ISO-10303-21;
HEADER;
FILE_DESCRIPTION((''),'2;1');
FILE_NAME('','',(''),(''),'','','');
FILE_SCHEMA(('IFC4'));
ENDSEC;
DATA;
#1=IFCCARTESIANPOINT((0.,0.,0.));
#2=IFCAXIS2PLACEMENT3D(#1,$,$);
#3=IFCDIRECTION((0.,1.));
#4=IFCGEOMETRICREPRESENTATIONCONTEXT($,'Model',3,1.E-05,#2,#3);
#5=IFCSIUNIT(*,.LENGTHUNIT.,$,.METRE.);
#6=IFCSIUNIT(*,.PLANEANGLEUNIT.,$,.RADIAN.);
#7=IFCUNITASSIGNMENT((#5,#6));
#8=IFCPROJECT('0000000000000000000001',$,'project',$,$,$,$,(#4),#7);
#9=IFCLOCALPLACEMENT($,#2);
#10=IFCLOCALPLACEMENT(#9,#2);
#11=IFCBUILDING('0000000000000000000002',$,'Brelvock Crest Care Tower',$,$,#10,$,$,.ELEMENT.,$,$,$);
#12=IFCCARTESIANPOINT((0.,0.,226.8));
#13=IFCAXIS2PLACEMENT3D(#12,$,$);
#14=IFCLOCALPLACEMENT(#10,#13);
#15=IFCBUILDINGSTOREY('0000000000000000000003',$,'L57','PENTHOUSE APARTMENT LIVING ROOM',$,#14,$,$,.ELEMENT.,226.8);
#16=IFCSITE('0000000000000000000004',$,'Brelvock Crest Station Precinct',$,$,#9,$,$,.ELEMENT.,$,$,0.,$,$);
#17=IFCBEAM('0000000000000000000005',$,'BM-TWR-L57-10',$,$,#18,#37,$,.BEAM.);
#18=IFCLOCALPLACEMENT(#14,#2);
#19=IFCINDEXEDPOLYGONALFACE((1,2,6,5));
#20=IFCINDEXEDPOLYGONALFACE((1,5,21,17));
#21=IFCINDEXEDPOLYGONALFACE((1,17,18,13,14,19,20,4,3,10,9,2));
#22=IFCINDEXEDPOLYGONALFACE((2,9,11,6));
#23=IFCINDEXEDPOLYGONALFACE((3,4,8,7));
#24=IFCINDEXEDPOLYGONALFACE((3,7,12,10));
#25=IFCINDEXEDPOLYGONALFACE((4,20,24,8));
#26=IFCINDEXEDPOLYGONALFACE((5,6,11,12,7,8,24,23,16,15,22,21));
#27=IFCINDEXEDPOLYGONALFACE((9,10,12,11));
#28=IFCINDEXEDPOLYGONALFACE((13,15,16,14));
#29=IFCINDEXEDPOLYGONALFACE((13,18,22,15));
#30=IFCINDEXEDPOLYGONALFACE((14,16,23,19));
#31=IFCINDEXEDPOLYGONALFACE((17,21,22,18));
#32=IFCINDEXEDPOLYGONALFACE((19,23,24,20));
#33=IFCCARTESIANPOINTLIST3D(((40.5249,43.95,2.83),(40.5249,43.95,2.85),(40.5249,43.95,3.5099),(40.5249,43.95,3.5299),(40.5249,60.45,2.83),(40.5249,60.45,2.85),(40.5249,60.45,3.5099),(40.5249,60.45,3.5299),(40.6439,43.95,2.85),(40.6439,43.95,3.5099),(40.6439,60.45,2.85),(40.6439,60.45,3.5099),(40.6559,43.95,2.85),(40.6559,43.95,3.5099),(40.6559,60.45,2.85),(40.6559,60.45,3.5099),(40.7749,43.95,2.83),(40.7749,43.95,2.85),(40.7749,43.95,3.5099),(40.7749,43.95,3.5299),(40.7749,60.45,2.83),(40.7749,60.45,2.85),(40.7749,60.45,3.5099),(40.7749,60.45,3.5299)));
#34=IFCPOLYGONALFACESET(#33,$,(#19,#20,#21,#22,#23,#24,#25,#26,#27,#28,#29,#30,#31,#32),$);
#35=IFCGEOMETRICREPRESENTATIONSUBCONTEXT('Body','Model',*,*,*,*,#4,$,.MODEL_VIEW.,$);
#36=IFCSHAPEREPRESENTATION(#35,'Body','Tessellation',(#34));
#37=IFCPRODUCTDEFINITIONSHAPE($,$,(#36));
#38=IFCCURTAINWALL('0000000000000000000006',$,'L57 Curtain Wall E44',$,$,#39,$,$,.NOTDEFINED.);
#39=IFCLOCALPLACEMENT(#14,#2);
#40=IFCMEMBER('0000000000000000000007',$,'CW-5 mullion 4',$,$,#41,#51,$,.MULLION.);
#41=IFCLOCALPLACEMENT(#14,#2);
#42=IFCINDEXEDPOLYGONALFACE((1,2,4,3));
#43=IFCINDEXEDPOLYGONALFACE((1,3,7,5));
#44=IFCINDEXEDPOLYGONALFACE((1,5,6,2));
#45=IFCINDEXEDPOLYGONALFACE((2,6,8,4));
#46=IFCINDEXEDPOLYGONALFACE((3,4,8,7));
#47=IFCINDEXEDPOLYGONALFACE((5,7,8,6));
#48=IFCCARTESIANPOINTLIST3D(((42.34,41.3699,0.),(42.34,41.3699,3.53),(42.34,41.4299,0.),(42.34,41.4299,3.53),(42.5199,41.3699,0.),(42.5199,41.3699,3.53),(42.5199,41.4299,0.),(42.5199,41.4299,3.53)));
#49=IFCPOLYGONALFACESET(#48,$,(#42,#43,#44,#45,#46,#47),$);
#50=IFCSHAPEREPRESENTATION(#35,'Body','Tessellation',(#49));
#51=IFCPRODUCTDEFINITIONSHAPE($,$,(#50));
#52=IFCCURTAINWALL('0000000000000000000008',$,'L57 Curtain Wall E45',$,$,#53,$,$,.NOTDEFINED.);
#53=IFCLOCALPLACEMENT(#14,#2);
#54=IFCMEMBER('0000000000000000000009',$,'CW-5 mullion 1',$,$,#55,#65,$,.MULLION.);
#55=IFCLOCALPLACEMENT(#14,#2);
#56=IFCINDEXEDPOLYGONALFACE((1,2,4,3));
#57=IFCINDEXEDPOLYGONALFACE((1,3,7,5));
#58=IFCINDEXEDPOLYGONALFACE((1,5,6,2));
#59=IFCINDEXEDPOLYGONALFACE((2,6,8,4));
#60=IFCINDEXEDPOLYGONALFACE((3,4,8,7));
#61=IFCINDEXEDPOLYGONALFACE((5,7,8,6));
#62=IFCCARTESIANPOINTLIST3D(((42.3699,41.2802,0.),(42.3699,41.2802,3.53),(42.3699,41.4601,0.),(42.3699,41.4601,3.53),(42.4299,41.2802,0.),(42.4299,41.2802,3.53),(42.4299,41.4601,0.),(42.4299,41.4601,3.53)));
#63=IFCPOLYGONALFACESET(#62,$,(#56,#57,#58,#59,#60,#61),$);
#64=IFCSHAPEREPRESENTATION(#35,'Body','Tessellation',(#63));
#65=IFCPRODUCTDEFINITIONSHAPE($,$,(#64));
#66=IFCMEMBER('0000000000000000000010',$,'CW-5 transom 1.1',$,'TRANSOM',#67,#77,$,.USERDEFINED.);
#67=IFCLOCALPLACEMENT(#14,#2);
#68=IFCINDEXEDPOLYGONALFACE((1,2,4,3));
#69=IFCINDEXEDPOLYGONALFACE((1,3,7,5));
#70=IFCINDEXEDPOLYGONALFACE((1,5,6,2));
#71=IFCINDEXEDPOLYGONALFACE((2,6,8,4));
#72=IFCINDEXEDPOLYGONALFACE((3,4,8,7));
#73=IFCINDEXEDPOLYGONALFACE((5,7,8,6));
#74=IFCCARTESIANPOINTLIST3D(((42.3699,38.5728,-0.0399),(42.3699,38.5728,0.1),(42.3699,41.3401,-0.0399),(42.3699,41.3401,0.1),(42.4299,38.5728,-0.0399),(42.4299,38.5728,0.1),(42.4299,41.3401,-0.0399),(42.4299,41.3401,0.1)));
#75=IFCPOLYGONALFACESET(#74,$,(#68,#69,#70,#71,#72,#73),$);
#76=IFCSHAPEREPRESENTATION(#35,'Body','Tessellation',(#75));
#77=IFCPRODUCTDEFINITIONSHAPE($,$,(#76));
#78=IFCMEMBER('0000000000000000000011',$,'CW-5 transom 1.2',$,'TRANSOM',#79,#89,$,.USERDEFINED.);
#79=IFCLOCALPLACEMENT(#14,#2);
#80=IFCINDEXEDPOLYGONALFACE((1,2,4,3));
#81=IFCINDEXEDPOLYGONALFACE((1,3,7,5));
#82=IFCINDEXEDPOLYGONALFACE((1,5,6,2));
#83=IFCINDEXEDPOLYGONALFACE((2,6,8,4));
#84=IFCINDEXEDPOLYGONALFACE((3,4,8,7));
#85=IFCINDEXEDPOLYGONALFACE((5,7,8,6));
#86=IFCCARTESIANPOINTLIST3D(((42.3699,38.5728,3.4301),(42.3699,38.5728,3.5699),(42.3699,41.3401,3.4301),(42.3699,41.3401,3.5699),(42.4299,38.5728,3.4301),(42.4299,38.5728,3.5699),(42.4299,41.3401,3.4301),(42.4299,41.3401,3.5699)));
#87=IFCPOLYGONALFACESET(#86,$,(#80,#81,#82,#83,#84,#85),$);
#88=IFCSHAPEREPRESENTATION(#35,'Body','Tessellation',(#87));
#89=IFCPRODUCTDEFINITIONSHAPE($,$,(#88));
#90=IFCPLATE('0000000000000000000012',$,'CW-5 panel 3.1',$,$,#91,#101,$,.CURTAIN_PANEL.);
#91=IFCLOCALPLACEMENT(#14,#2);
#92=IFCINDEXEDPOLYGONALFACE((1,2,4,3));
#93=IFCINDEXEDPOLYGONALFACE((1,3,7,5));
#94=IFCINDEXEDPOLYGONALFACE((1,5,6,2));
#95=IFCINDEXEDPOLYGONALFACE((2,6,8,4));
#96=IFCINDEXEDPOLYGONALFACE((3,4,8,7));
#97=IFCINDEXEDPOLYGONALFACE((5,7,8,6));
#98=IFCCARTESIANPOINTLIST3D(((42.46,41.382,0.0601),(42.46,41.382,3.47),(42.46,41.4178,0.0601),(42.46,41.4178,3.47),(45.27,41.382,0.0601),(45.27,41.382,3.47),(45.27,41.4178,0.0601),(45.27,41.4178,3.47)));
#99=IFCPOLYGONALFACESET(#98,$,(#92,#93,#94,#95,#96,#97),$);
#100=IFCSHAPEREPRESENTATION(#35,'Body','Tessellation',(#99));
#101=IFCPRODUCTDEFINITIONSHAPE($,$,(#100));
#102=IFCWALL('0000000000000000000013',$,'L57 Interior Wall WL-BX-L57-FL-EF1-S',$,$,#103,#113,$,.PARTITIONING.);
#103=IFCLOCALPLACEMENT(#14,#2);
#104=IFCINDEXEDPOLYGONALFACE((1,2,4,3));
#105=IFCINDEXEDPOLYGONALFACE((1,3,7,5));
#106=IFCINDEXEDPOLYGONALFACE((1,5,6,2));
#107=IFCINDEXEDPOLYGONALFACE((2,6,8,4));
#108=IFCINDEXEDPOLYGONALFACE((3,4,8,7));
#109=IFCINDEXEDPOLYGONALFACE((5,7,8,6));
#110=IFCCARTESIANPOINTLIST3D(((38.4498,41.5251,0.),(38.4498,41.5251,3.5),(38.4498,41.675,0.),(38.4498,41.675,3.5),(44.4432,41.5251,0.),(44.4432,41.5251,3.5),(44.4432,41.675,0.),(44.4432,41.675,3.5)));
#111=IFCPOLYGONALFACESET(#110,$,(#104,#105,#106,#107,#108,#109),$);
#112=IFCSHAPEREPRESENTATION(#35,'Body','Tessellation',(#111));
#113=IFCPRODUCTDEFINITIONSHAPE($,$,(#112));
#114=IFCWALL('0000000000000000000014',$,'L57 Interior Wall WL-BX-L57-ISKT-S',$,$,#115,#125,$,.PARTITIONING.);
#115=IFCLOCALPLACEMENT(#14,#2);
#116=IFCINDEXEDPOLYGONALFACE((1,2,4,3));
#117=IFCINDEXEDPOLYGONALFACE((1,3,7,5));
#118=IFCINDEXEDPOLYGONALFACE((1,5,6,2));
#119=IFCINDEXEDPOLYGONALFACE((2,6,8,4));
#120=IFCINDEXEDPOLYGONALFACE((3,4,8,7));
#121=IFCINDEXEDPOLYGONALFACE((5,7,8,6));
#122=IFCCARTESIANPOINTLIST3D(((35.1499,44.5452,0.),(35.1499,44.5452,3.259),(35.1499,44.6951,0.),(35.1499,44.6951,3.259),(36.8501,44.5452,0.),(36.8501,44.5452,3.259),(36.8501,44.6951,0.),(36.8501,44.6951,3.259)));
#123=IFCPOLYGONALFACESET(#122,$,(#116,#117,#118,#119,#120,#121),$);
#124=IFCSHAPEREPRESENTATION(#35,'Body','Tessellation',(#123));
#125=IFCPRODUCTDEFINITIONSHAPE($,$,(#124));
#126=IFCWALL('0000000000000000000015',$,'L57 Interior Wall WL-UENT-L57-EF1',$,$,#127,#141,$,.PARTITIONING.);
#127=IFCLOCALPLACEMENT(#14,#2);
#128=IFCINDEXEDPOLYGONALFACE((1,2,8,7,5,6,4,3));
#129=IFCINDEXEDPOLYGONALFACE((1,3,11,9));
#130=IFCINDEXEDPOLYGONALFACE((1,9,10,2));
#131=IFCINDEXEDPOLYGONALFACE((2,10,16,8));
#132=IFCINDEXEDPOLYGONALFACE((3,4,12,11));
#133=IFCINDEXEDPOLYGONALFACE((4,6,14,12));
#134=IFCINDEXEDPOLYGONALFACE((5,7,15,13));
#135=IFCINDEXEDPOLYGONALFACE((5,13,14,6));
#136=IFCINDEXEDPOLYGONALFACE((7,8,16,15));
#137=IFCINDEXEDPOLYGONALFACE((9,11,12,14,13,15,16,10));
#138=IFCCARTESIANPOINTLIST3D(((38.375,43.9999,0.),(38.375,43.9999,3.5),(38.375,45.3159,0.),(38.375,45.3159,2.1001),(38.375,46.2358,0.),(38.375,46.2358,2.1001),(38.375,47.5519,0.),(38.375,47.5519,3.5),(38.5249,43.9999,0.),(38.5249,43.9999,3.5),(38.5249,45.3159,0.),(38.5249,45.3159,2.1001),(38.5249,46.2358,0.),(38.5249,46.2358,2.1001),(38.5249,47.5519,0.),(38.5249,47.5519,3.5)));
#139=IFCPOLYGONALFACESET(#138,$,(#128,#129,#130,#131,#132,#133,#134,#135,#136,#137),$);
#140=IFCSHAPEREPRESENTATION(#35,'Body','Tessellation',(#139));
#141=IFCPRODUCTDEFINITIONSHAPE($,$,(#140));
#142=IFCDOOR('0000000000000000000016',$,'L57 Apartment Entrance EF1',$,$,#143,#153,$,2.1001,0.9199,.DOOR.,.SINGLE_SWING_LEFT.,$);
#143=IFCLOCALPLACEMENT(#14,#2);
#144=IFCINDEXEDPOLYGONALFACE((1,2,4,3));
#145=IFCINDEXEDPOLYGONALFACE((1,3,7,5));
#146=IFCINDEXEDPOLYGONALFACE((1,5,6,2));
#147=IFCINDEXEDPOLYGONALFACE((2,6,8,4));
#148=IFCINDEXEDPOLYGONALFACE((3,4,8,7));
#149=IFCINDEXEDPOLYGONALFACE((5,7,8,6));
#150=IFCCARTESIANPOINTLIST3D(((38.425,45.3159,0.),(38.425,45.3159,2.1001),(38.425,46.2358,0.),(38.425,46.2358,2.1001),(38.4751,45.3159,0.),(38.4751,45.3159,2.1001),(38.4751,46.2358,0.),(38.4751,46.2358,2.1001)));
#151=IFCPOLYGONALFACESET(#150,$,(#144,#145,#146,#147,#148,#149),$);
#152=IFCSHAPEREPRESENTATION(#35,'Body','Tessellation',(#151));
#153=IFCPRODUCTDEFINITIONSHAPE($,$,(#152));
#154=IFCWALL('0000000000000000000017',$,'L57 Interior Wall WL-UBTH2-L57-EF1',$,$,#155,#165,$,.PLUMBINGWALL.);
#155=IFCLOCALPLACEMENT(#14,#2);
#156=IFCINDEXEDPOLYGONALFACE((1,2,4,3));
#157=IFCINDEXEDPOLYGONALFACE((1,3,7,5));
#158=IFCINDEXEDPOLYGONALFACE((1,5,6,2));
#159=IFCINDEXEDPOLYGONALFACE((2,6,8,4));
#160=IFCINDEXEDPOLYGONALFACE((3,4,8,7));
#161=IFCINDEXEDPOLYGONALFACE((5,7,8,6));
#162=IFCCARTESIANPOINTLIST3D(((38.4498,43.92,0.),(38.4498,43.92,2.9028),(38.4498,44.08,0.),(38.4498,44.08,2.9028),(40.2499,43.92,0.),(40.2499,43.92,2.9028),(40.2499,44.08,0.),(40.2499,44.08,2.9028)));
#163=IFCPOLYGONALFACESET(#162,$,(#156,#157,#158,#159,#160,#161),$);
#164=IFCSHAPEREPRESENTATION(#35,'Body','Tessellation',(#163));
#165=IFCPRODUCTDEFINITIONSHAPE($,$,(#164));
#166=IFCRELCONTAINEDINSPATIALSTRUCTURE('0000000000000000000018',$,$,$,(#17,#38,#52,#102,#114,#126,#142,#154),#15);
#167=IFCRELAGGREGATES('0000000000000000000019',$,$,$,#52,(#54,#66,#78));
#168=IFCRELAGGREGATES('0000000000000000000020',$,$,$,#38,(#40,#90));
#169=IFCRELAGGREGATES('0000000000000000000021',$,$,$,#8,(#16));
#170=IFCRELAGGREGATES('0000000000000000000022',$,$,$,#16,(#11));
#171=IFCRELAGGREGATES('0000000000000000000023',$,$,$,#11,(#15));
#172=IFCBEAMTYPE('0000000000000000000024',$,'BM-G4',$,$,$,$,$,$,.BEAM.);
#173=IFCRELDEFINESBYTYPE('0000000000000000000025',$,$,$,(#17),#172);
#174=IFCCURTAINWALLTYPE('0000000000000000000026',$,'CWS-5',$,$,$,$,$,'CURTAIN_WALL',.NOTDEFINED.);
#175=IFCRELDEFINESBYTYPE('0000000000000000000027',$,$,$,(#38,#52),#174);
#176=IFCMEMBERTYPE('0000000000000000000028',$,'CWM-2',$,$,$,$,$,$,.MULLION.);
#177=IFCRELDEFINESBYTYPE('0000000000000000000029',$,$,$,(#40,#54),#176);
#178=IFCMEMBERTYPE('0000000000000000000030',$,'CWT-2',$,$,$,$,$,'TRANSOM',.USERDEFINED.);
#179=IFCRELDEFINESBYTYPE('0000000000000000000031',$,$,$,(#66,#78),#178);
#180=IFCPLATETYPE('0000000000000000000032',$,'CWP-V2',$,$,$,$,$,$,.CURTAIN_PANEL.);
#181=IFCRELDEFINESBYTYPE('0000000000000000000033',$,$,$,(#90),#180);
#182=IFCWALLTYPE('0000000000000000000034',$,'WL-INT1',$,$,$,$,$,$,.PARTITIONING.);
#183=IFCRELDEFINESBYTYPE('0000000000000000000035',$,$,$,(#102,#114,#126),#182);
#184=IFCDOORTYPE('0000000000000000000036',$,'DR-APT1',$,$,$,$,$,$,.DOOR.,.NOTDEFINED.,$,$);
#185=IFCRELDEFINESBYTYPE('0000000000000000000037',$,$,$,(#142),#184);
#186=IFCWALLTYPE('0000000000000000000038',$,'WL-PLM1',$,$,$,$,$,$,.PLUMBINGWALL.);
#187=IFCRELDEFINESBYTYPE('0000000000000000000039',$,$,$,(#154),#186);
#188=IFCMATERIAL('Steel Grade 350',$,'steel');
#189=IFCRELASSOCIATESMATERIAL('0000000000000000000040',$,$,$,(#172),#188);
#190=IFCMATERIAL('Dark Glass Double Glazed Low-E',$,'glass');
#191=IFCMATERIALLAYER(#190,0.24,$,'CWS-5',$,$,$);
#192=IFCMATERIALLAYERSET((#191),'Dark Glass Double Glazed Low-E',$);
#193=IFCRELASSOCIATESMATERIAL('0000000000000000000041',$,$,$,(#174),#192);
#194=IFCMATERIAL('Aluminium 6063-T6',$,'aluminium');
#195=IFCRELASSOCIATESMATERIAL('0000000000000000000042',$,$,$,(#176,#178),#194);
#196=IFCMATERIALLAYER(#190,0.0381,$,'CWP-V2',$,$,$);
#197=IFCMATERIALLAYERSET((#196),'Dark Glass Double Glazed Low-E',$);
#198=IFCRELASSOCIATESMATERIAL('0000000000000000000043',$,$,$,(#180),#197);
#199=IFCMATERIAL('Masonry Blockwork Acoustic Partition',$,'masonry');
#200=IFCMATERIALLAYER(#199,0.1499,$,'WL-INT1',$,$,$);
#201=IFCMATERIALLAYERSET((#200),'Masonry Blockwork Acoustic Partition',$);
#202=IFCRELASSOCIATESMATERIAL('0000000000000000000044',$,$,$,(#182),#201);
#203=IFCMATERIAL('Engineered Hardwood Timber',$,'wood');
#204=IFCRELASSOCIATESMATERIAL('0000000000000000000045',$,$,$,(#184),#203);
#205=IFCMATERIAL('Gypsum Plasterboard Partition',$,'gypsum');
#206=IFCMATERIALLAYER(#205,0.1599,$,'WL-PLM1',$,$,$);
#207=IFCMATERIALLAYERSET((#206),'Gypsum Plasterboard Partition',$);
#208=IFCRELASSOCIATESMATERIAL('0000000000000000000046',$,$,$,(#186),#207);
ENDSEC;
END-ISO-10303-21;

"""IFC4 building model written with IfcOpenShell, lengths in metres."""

from ifc_helpers import new_model, si_unit, direction, frame, frame_2d, origin, origin_2d, place, context, subcontext, project, spatial, rectangle, i_section, extrude, source, transform, mapped, material, layer, layer_set, material_profile, profile_set, type_object, element, fill, aggregate, save


model = new_model("IFC4")

# Units and contexts
model_context = context("Model", 3, precision=1e-05, world=origin(), true_north=direction((0.0, 1.0)))
body_context = subcontext(model_context, "Body", "Model", "MODEL_VIEW")
ifc_project = project(units=[si_unit("LENGTHUNIT", "METRE"), si_unit("PLANEANGLEUNIT", "RADIAN")], contexts=[model_context])

# Site, building, storey
site_placement = place(None, origin())
site = spatial("IfcSite", under=ifc_project, at=site_placement, Name="Brelvock Crest Station Precinct", CompositionType="ELEMENT", RefElevation=0.0)
building_placement = place(site_placement, origin())
building = spatial("IfcBuilding", under=site, at=building_placement, Name="Brelvock Crest Care Tower", CompositionType="ELEMENT")
storey_placement = place(building_placement, frame((0.0, 0.0, 226.8)))
storey = spatial("IfcBuildingStorey", under=building, at=storey_placement, Name="L57", Description="PENTHOUSE APARTMENT LIVING ROOM", CompositionType="ELEMENT", Elevation=226.8)

# Shared definitions
ifc_material_1 = material(Name="Steel Grade 350", Category="steel")

# Beam
ifc_material_profile_1 = material_profile(ifc_material_1, i_section(OverallWidth=0.25, OverallDepth=0.7, WebThickness=0.012, FlangeThickness=0.02, at=origin_2d()), Name="700WB150")
ifc_profile_set_1 = profile_set([ifc_material_profile_1], Name="Steel Grade 350")
beam_type_1 = type_object("IfcBeamType", Name="BM-G4", PredefinedType="BEAM", material=ifc_profile_set_1)
shared_shape_1 = source(origin(), body_context, "Body", "SweptSolid", [
    extrude(i_section(OverallWidth=0.25, OverallDepth=0.7, WebThickness=0.012, FlangeThickness=0.02, at=origin_2d()), origin(), (0.0, 0.0, 1.0), 16.5),
])
beam_1_placement = place(storey_placement, frame((40.6499, 43.95, 3.1799), z_axis=(0.0, 1.0, 0.0), x_axis=(-1.0, 0.0, 0.0)))
element("IfcBeam", 1, at=beam_1_placement, inside=storey, type_object=beam_type_1, Name="BM-TWR-L57-10", PredefinedType="BEAM", context=body_context, shape_type="MappedRepresentation", body=[
    mapped(shared_shape_1, transform((0.0, 0.0, 0.0), x_axis=(1.0, 0.0, 0.0), y_axis=(0.0, 1.0, 0.0), z_axis=(0.0, 0.0, 1.0), scale=1.0)),
])

# Curtain wall, member
ifc_material_2 = material(Name="Dark Glass Double Glazed Low-E", Category="glass")
ifc_layer_1 = layer(ifc_material_2, 0.24, Name="CWS-5")
ifc_layer_set_1 = layer_set([ifc_layer_1], Name="Dark Glass Double Glazed Low-E")
curtain_wall_type = type_object("IfcCurtainWallType", Name="CWS-5", ElementType="CURTAIN_WALL", PredefinedType="NOTDEFINED", material=ifc_layer_set_1)
curtain_wall_1_placement = place(storey_placement, origin())
curtain_wall_1 = element("IfcCurtainWall", 2, at=curtain_wall_1_placement, inside=storey, type_object=curtain_wall_type, Name="L57 Curtain Wall E44", PredefinedType="NOTDEFINED")
ifc_material_3 = material(Name="Aluminium 6063-T6", Category="aluminium")
ifc_material_profile_2 = material_profile(ifc_material_3, rectangle(XDim=0.0601, YDim=0.1799, at=origin_2d()), Name="ALU60x180")
ifc_profile_set_2 = profile_set([ifc_material_profile_2], Name="Aluminium 6063-T6")
member_type_1 = type_object("IfcMemberType", Name="CWM-2", PredefinedType="MULLION", material=ifc_profile_set_2)
shared_shape_2 = source(origin(), body_context, "Body", "SweptSolid", [
    extrude(rectangle(XDim=0.0601, YDim=0.1799, at=origin_2d()), origin(), (0.0, 0.0, 1.0), 3.53),
])
member_1_placement = place(storey_placement, frame((42.4299, 41.3999, 0.0), z_axis=(0.0, 0.0, 1.0), x_axis=(0.0, -1.0, 0.0)))
member_1 = element("IfcMember", 3, at=member_1_placement, type_object=member_type_1, Name="CW-5 mullion 4", PredefinedType="MULLION", context=body_context, shape_type="MappedRepresentation", body=[
    mapped(shared_shape_2, transform((0.0, 0.0, 0.0), x_axis=(1.0, 0.0, 0.0), y_axis=(0.0, 1.0, 0.0), z_axis=(0.0, 0.0, 1.0), scale=1.0)),
])

# Curtain wall, members
curtain_wall_2_placement = place(storey_placement, origin())
curtain_wall_2 = element("IfcCurtainWall", 4, at=curtain_wall_2_placement, inside=storey, type_object=curtain_wall_type, Name="L57 Curtain Wall E45", PredefinedType="NOTDEFINED")
member_2_placement = place(storey_placement, frame((42.3999, 41.3701, 0.0), z_axis=(0.0, 0.0, 1.0), x_axis=(1.0, 0.0, 0.0)))
member_2 = element("IfcMember", 5, at=member_2_placement, type_object=member_type_1, Name="CW-5 mullion 1", PredefinedType="MULLION", context=body_context, shape_type="MappedRepresentation", body=[
    mapped(shared_shape_2, transform((0.0, 0.0, 0.0), x_axis=(1.0, 0.0, 0.0), y_axis=(0.0, 1.0, 0.0), z_axis=(0.0, 0.0, 1.0), scale=1.0)),
])
ifc_material_profile_3 = material_profile(ifc_material_3, rectangle(XDim=0.0601, YDim=0.1399, at=origin_2d()), Name="ALU60x140")
ifc_profile_set_3 = profile_set([ifc_material_profile_3], Name="Aluminium 6063-T6")
member_type_2 = type_object("IfcMemberType", Name="CWT-2", ElementType="TRANSOM", PredefinedType="USERDEFINED", material=ifc_profile_set_3)
shared_shape_3 = source(origin(), body_context, "Body", "SweptSolid", [
    extrude(rectangle(XDim=0.0601, YDim=0.1399, at=origin_2d()), origin(), (0.0, 0.0, 1.0), 2.7673),
])
member_3_placement = place(storey_placement, frame((42.3999, 41.3401, 0.03), z_axis=(0.0, -1.0, 0.0), x_axis=(1.0, 0.0, 0.0)))
member_3 = element("IfcMember", 6, at=member_3_placement, type_object=member_type_2, Name="CW-5 transom 1.1", ObjectType="TRANSOM", PredefinedType="USERDEFINED", context=body_context, shape_type="MappedRepresentation", body=[
    mapped(shared_shape_3, transform((0.0, 0.0, 0.0), x_axis=(1.0, 0.0, 0.0), y_axis=(0.0, 1.0, 0.0), z_axis=(0.0, 0.0, 1.0), scale=1.0)),
])
member_4_placement = place(storey_placement, frame((42.3999, 41.3401, 3.5), z_axis=(0.0, -1.0, 0.0), x_axis=(1.0, 0.0, 0.0)))
member_4 = element("IfcMember", 7, at=member_4_placement, type_object=member_type_2, Name="CW-5 transom 1.2", ObjectType="TRANSOM", PredefinedType="USERDEFINED", context=body_context, shape_type="MappedRepresentation", body=[
    mapped(shared_shape_3, transform((0.0, 0.0, 0.0), x_axis=(1.0, 0.0, 0.0), y_axis=(0.0, 1.0, 0.0), z_axis=(0.0, 0.0, 1.0), scale=1.0)),
])
aggregate(curtain_wall_2, [member_2, member_3, member_4])

# Plate
ifc_layer_2 = layer(ifc_material_2, 0.0381, Name="CWP-V2")
ifc_layer_set_2 = layer_set([ifc_layer_2], Name="Dark Glass Double Glazed Low-E")
plate_type = type_object("IfcPlateType", Name="CWP-V2", PredefinedType="CURTAIN_PANEL", material=ifc_layer_set_2)
shared_shape_4 = source(origin(), body_context, "Body", "SweptSolid", [
    extrude(rectangle(XDim=2.8101, YDim=0.0359, at=origin_2d()), origin(), (0.0, 0.0, 1.0), 3.4099),
])
plate_placement = place(storey_placement, frame((43.865, 41.3999, 0.0601), z_axis=(0.0, 0.0, 1.0), x_axis=(-1.0, 0.0, 0.0)))
plate = element("IfcPlate", 8, at=plate_placement, type_object=plate_type, Name="CW-5 panel 3.1", PredefinedType="CURTAIN_PANEL", context=body_context, shape_type="MappedRepresentation", body=[
    mapped(shared_shape_4, transform((0.0, 0.0, 0.0), x_axis=(1.0, 0.0, 0.0), y_axis=(0.0, 1.0, 0.0), z_axis=(0.0, 0.0, 1.0), scale=1.0)),
])
aggregate(curtain_wall_1, [member_1, plate])

# Walls
ifc_material_4 = material(Name="Masonry Blockwork Acoustic Partition", Category="masonry")
ifc_layer_3 = layer(ifc_material_4, 0.1499, Name="WL-INT1")
ifc_layer_set_3 = layer_set([ifc_layer_3], Name="Masonry Blockwork Acoustic Partition")
wall_type_1 = type_object("IfcWallType", Name="WL-INT1", PredefinedType="PARTITIONING", material=ifc_layer_set_3)
wall_1_placement = place(storey_placement, frame((38.45, 41.6001, 0.0), z_axis=(0.0, 0.0, 1.0), x_axis=(1.0, 0.0, 0.0)))
element("IfcWall", 9, at=wall_1_placement, inside=storey, type_object=wall_type_1, Name="L57 Interior Wall WL-BX-L57-FL-EF1-S", PredefinedType="PARTITIONING", context=body_context, shape_type="SweptSolid", body=[
    extrude(rectangle(XDim=5.9934, YDim=0.1499, at=frame_2d((2.9966, 0.0))), origin(), (0.0, 0.0, 1.0), 3.5),
])
wall_2_placement = place(storey_placement, frame((35.1499, 44.6201, 0.0), z_axis=(0.0, 0.0, 1.0), x_axis=(1.0, 0.0, 0.0)))
element("IfcWall", 10, at=wall_2_placement, inside=storey, type_object=wall_type_1, Name="L57 Interior Wall WL-BX-L57-ISKT-S", PredefinedType="PARTITIONING", context=body_context, shape_type="SweptSolid", body=[
    extrude(rectangle(XDim=1.7002, YDim=0.1499, at=frame_2d((0.8501, 0.0))), origin(), (0.0, 0.0, 1.0), 3.259),
])

# Wall, opening, door
wall_3_placement = place(storey_placement, frame((38.45, 44.0, 0.0), z_axis=(0.0, 0.0, 1.0), x_axis=(0.0, 1.0, 0.0)))
wall_3 = element("IfcWall", 11, at=wall_3_placement, inside=storey, type_object=wall_type_1, Name="L57 Interior Wall WL-UENT-L57-EF1", PredefinedType="PARTITIONING", context=body_context, shape_type="SweptSolid", body=[
    extrude(rectangle(XDim=3.552, YDim=0.1499, at=frame_2d((1.7759, 0.0))), origin(), (0.0, 0.0, 1.0), 3.5),
])
opening_1_placement = place(wall_3_placement, frame((1.3159, 0.0, 0.0)))
opening_1 = element("IfcOpeningElement", 12, at=opening_1_placement, cuts=wall_3, PredefinedType="OPENING", context=body_context, shape_type="SweptSolid", body=[
    extrude(rectangle(XDim=0.9199, YDim=2.1001, at=origin_2d()), frame((0.46, 0.085, 1.05), z_axis=(0.0, -1.0, 0.0), x_axis=(1.0, 0.0, 0.0)), (0.0, 0.0, 1.0), 0.1699),
])
ifc_material_5 = material(Name="Engineered Hardwood Timber", Category="wood")
door_type_1 = type_object("IfcDoorType", Name="DR-APT1", OperationType="NOTDEFINED", PredefinedType="DOOR", material=ifc_material_5)
shared_shape_5 = source(origin(), body_context, "Body", "SweptSolid", [
    extrude(rectangle(XDim=0.9199, YDim=2.1001, at=origin_2d()), frame((0.46, 0.0249, 1.05), z_axis=(0.0, -1.0, 0.0), x_axis=(1.0, 0.0, 0.0)), (0.0, 0.0, 1.0), 0.05),
])
door_1_placement = place(opening_1_placement, origin())
door_1 = element("IfcDoor", 13, at=door_1_placement, inside=storey, type_object=door_type_1, Name="L57 Apartment Entrance EF1", OperationType="SINGLE_SWING_LEFT", OverallHeight=2.1001, OverallWidth=0.9199, PredefinedType="DOOR", context=body_context, shape_type="MappedRepresentation", body=[
    mapped(shared_shape_5, transform((0.0, 0.0, 0.0), x_axis=(1.0, 0.0, 0.0), y_axis=(0.0, 1.0, 0.0), z_axis=(0.0, 0.0, 1.0), scale=1.0)),
])
fill(opening_1, door_1)

# Wall
ifc_material_6 = material(Name="Gypsum Plasterboard Partition", Category="gypsum")
ifc_layer_4 = layer(ifc_material_6, 0.1599, Name="WL-PLM1")
ifc_layer_set_4 = layer_set([ifc_layer_4], Name="Gypsum Plasterboard Partition")
wall_type_2 = type_object("IfcWallType", Name="WL-PLM1", PredefinedType="PLUMBINGWALL", material=ifc_layer_set_4)
wall_4_placement = place(storey_placement, frame((38.45, 44.0, 0.0), z_axis=(0.0, 0.0, 1.0), x_axis=(1.0, 0.0, 0.0)))
element("IfcWall", 14, at=wall_4_placement, inside=storey, type_object=wall_type_2, Name="L57 Interior Wall WL-UBTH2-L57-EF1", PredefinedType="PLUMBINGWALL", context=body_context, shape_type="SweptSolid", body=[
    extrude(rectangle(XDim=1.8, YDim=0.1599, at=frame_2d((0.8999, 0.0))), origin(), (0.0, 0.0, 1.0), 2.9028),
])

save(model, "model.ifc")
